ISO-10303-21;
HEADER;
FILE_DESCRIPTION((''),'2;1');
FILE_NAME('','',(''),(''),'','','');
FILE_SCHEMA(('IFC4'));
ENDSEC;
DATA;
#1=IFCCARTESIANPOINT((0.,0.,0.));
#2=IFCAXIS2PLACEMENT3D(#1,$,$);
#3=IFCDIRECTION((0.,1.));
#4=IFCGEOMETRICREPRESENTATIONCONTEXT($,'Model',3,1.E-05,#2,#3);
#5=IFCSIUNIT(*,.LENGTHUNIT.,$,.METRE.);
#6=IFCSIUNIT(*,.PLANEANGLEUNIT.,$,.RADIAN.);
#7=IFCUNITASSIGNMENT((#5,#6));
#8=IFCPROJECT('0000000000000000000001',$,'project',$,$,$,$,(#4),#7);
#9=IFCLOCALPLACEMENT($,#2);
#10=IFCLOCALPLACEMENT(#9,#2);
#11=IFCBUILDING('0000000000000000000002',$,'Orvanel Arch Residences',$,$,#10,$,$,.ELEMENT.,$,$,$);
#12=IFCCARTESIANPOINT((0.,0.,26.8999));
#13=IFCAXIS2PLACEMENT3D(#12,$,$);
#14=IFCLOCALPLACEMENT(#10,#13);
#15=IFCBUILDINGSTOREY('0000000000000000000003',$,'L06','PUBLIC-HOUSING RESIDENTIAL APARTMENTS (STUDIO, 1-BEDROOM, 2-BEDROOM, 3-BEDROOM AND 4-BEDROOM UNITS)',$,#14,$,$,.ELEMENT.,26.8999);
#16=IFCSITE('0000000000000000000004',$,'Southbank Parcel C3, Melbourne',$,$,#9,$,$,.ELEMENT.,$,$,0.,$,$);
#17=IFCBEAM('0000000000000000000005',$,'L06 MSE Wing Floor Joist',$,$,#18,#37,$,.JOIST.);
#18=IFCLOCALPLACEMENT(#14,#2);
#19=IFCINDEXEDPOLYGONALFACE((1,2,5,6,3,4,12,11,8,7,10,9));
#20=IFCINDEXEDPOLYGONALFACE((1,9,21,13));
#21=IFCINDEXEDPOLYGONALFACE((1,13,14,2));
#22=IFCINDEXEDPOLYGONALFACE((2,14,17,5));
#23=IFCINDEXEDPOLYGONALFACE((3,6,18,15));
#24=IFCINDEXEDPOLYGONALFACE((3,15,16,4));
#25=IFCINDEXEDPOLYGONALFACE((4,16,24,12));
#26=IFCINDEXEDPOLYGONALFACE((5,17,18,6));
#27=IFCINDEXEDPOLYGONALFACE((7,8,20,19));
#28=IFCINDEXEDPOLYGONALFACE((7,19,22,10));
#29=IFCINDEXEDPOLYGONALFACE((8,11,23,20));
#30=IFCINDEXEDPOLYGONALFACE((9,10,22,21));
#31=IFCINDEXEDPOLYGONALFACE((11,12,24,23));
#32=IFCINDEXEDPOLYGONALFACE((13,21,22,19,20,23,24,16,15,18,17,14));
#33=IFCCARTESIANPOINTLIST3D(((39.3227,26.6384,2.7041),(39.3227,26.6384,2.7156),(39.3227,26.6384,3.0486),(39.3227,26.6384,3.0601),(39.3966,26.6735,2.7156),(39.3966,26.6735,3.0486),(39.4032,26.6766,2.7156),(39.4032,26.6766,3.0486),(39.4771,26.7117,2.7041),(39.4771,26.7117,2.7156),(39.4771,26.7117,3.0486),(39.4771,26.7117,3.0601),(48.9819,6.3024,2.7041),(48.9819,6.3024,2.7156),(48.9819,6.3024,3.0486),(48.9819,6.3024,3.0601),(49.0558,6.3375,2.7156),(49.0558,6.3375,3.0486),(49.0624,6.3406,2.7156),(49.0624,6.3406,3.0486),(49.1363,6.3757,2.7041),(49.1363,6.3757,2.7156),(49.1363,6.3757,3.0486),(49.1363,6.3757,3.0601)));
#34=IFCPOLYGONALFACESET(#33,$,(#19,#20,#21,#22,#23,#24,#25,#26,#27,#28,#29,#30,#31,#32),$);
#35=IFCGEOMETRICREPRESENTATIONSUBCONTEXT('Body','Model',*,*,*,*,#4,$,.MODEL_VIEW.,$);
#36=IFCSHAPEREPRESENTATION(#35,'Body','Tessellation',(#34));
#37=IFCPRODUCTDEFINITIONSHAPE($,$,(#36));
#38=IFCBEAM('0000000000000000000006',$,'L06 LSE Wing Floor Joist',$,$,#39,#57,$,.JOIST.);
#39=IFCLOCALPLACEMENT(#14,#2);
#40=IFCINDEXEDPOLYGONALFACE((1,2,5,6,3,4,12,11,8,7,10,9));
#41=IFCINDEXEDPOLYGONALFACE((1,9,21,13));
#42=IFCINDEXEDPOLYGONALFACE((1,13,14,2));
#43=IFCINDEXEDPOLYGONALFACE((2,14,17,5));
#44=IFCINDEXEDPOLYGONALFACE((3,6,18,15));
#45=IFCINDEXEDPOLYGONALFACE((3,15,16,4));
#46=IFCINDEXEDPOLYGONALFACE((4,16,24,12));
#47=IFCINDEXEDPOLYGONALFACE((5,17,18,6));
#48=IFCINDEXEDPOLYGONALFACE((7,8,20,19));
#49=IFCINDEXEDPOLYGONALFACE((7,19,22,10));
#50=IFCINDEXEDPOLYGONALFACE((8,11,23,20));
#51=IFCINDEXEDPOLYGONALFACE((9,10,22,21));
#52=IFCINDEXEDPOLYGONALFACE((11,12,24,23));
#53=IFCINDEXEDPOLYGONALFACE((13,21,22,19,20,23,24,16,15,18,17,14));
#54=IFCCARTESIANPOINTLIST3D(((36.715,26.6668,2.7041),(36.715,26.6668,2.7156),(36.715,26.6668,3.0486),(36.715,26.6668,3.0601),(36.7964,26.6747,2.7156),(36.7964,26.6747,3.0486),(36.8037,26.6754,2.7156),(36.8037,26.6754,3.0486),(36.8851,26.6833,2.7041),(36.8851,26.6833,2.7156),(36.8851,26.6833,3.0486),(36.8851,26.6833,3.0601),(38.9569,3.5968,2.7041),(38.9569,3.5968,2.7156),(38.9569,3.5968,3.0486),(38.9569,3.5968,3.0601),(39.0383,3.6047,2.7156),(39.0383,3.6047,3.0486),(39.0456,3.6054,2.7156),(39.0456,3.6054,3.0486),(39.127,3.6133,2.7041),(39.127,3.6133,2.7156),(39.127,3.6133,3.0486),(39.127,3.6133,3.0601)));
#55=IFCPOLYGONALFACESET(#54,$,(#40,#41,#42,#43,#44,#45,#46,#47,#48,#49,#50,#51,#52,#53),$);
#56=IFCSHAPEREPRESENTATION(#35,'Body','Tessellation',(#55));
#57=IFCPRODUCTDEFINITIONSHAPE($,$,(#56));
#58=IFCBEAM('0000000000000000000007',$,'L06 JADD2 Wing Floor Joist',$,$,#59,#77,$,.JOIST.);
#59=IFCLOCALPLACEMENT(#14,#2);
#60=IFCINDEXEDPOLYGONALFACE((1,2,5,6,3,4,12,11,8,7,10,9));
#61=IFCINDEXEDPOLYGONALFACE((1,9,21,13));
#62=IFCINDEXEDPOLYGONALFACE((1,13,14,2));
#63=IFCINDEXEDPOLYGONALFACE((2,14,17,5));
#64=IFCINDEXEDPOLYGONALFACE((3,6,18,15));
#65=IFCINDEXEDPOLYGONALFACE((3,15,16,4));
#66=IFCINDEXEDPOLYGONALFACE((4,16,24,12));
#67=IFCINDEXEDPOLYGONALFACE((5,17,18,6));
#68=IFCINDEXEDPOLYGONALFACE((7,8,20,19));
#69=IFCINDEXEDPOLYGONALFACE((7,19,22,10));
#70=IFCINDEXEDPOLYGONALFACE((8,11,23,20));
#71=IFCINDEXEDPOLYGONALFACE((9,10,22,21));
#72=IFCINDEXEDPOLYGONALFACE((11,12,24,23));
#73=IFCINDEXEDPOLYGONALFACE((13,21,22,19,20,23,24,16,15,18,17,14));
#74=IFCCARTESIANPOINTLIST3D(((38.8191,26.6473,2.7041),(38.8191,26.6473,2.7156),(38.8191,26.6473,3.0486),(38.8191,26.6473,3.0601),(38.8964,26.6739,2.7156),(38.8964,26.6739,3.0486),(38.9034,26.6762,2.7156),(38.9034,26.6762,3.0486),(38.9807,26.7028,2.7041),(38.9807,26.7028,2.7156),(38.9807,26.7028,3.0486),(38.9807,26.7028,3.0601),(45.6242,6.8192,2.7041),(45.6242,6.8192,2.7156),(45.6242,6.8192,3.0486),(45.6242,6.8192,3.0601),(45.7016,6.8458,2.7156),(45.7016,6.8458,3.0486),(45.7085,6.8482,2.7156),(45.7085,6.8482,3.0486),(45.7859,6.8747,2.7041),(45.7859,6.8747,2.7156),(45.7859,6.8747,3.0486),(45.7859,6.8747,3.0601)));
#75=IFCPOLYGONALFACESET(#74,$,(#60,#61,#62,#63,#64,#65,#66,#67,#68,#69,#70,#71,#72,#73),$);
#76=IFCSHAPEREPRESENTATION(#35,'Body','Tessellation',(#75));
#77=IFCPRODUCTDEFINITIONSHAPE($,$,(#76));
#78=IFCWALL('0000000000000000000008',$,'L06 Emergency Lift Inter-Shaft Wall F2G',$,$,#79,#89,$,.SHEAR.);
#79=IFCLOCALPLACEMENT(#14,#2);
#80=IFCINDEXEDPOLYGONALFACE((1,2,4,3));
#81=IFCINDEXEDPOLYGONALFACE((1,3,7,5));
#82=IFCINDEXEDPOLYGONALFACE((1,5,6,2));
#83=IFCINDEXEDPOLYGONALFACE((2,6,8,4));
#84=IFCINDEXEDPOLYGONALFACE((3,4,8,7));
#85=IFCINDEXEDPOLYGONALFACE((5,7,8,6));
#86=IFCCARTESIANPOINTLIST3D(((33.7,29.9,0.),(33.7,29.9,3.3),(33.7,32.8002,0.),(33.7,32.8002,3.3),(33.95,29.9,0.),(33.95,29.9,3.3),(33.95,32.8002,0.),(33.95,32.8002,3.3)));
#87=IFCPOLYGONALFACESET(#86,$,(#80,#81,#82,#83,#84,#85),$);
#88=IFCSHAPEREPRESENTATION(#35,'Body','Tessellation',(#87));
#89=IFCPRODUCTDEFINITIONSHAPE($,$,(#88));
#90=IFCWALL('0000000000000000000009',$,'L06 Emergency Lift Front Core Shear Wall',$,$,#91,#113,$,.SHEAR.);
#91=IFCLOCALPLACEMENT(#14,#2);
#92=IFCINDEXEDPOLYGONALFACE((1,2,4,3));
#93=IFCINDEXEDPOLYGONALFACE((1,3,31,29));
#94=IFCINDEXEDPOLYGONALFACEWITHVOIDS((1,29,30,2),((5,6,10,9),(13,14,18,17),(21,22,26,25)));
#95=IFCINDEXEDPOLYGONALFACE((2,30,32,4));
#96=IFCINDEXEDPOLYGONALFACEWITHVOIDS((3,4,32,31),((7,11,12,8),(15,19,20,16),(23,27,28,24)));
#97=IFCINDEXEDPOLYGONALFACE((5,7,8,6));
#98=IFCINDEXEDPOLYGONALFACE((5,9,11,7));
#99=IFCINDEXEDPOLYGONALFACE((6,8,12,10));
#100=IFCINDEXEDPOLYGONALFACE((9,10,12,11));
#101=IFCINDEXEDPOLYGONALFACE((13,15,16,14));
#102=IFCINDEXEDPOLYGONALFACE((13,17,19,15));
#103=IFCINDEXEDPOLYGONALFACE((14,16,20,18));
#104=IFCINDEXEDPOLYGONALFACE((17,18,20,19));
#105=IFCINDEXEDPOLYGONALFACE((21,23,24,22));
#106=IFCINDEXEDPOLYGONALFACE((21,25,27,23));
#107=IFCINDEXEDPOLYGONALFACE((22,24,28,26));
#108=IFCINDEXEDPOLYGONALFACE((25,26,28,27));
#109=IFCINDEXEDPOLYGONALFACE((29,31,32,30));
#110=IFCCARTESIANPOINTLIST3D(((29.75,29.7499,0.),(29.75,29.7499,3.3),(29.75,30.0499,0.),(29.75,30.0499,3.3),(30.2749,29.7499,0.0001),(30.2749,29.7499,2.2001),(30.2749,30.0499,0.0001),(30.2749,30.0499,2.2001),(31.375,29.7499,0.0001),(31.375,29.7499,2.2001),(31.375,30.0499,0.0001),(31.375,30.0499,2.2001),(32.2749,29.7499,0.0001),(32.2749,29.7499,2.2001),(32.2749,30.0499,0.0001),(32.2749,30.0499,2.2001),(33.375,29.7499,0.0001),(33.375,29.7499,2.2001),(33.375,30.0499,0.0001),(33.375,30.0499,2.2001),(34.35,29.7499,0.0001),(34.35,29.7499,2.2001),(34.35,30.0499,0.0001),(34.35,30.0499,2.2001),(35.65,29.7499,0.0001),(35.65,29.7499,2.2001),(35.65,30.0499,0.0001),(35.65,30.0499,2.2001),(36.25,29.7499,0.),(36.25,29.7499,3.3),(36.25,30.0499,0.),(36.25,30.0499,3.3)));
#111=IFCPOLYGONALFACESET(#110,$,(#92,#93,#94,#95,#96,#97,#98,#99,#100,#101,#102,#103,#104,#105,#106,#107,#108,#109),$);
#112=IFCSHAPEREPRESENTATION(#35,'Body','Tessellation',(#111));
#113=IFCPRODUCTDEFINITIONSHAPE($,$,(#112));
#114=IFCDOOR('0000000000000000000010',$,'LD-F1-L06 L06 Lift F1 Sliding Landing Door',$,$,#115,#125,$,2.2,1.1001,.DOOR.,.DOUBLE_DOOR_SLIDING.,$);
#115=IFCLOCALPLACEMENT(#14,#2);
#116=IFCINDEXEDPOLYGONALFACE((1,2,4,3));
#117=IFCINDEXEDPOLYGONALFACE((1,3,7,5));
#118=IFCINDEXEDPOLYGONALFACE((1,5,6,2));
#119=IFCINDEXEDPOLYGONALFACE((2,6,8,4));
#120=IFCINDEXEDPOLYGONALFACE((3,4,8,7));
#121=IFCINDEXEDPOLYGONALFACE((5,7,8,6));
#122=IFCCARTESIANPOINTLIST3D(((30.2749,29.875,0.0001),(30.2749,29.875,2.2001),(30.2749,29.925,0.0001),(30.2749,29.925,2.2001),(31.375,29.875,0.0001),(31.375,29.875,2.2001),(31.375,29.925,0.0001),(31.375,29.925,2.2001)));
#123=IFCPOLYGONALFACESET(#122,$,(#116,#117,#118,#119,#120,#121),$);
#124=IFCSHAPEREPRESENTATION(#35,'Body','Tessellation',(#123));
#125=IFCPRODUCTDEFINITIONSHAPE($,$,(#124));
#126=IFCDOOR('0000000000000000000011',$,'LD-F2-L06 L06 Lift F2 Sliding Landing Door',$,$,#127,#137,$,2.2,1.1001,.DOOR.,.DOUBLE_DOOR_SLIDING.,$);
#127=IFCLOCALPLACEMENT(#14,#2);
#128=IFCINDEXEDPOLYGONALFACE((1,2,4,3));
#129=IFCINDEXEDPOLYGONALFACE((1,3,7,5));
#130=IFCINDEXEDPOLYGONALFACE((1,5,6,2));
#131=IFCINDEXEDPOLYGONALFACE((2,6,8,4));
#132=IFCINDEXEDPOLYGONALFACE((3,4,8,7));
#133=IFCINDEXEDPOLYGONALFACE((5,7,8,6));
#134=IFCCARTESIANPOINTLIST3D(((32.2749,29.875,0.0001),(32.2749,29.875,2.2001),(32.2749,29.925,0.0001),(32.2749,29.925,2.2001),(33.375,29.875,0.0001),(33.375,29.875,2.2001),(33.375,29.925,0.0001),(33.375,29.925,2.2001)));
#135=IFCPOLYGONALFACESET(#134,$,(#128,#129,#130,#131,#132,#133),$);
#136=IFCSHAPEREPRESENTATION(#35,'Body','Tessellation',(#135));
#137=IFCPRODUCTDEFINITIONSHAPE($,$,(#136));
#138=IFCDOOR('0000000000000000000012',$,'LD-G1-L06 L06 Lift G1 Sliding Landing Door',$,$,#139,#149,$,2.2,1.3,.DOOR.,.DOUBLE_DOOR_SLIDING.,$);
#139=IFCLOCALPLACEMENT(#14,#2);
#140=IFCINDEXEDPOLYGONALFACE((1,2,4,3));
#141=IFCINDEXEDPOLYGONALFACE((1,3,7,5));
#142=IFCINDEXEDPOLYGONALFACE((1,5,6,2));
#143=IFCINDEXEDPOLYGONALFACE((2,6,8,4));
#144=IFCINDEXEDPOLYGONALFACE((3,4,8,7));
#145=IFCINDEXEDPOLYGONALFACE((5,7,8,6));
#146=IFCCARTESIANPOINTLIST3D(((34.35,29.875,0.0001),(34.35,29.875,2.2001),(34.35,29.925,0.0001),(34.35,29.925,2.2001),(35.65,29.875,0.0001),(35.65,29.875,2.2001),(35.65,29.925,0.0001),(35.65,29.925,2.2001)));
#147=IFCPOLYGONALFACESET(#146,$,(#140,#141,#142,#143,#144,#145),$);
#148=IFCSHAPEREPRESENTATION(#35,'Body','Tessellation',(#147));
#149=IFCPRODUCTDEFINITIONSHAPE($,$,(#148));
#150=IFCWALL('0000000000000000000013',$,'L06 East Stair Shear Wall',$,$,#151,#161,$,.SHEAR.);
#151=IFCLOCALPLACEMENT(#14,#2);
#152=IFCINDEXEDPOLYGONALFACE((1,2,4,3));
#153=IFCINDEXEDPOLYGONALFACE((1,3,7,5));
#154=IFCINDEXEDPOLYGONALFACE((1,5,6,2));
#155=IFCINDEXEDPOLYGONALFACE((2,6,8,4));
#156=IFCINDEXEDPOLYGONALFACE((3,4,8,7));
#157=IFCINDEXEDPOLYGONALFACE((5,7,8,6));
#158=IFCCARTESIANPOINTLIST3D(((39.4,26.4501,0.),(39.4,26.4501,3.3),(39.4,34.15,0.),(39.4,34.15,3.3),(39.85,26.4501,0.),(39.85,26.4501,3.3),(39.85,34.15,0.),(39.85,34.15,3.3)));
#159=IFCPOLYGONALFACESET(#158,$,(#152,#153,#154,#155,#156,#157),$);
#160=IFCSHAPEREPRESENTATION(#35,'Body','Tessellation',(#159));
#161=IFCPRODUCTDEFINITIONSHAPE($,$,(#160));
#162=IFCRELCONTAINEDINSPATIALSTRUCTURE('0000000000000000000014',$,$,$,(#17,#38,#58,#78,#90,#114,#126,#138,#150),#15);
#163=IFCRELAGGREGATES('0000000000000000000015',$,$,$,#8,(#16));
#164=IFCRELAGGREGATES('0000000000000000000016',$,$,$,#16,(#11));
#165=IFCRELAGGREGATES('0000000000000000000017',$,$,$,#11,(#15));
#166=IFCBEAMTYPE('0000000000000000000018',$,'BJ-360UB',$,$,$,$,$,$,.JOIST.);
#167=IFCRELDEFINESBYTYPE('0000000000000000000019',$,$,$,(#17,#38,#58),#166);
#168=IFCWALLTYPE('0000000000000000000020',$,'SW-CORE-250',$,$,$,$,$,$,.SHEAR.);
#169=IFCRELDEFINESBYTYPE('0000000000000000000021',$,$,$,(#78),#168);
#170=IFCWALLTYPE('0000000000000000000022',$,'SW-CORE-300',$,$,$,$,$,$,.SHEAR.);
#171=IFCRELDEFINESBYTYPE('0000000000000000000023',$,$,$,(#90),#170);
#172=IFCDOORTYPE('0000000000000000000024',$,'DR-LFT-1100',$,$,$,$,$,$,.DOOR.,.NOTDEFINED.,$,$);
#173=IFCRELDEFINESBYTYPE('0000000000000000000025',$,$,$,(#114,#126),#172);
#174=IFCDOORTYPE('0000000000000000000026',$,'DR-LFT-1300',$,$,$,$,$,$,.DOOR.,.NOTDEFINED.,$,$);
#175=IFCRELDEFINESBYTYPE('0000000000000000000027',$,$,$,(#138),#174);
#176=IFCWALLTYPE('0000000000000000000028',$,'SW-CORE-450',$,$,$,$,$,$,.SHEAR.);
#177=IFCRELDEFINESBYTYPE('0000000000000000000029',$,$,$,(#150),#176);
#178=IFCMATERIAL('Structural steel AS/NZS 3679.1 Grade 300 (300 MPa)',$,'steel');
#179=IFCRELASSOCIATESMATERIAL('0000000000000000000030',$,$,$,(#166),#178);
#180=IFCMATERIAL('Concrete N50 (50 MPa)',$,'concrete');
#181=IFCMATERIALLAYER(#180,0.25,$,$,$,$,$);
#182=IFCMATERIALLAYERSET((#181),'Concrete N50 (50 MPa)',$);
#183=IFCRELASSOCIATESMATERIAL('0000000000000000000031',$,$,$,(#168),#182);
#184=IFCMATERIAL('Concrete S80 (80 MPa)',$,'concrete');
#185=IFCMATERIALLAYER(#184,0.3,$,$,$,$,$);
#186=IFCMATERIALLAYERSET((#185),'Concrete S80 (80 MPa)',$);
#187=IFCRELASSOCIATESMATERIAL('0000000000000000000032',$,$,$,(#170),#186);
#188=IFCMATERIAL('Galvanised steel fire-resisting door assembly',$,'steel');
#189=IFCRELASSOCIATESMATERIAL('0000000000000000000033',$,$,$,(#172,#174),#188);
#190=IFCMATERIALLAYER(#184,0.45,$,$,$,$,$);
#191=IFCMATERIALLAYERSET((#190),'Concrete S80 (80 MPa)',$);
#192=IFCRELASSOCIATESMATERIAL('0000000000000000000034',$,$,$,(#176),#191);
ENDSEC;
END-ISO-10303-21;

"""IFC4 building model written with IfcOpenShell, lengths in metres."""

from ifc_helpers import new_model, si_unit, direction, frame, frame_2d, origin, origin_2d, place, context, subcontext, project, spatial, rectangle, i_section, extrude, material, layer, layer_set, material_profile, profile_set, type_object, element, fill, save


model = new_model("IFC4")

# Units and contexts
model_context = context("Model", 3, precision=1e-05, world=origin(), true_north=direction((0.0, 1.0)))
body_context = subcontext(model_context, "Body", "Model", "MODEL_VIEW")
ifc_project = project(units=[si_unit("LENGTHUNIT", "METRE"), si_unit("PLANEANGLEUNIT", "RADIAN")], contexts=[model_context])

# Site, building, storey
site_placement = place(None, origin())
site = spatial("IfcSite", under=ifc_project, at=site_placement, Name="Southbank Parcel C3, Melbourne", CompositionType="ELEMENT", RefElevation=0.0)
building_placement = place(site_placement, origin())
building = spatial("IfcBuilding", under=site, at=building_placement, Name="Orvanel Arch Residences", CompositionType="ELEMENT")
storey_placement = place(building_placement, frame((0.0, 0.0, 26.8999)))
storey = spatial("IfcBuildingStorey", under=building, at=storey_placement, Name="L06", Description="PUBLIC-HOUSING RESIDENTIAL APARTMENTS (STUDIO, 1-BEDROOM, 2-BEDROOM, 3-BEDROOM AND 4-BEDROOM UNITS)", CompositionType="ELEMENT", Elevation=26.8999)

# Beams
ifc_material_1 = material(Name="Structural steel AS/NZS 3679.1 Grade 300 (300 MPa)", Category="steel")
ifc_material_profile_1 = material_profile(ifc_material_1, i_section(OverallWidth=0.1709, OverallDepth=0.356, WebThickness=0.0073, FlangeThickness=0.0115, at=origin_2d()), Name="360UB50.7")
ifc_profile_set_1 = profile_set([ifc_material_profile_1], Name="Structural steel AS/NZS 3679.1 Grade 300 (300 MPa)")
beam_type_1 = type_object("IfcBeamType", Name="BJ-360UB", PredefinedType="JOIST", material=ifc_profile_set_1)
beam_1_placement = place(storey_placement, frame((39.3999, 26.675, 2.8821), z_axis=(0.429043, -0.903284, 0.0), x_axis=(0.903284, 0.429043, 0.0)))
element("IfcBeam", 1, at=beam_1_placement, inside=storey, type_object=beam_type_1, Name="L06 MSE Wing Floor Joist", PredefinedType="JOIST", context=body_context, shape_type="SweptSolid", body=[
    extrude(i_section(OverallWidth=0.1709, OverallDepth=0.356, WebThickness=0.0073, FlangeThickness=0.0115, at=origin_2d()), origin(), (0.0, 0.0, 1.0), 22.5134),
])
beam_2_placement = place(storey_placement, frame((36.8, 26.675, 2.8821), z_axis=(0.096724, -0.995311, 0.0), x_axis=(0.995311, 0.096724, 0.0)))
element("IfcBeam", 2, at=beam_2_placement, inside=storey, type_object=beam_type_1, Name="L06 LSE Wing Floor Joist", PredefinedType="JOIST", context=body_context, shape_type="SweptSolid", body=[
    extrude(i_section(OverallWidth=0.1709, OverallDepth=0.356, WebThickness=0.0073, FlangeThickness=0.0115, at=origin_2d()), origin(), (0.0, 0.0, 1.0), 23.1787),
])
beam_3_placement = place(storey_placement, frame((38.8999, 26.675, 2.8821), z_axis=(0.324621, -0.945844, 0.0), x_axis=(0.945844, 0.324621, 0.0)))
element("IfcBeam", 3, at=beam_3_placement, inside=storey, type_object=beam_type_1, Name="L06 JADD2 Wing Floor Joist", PredefinedType="JOIST", context=body_context, shape_type="SweptSolid", body=[
    extrude(i_section(OverallWidth=0.1709, OverallDepth=0.356, WebThickness=0.0073, FlangeThickness=0.0115, at=origin_2d()), origin(), (0.0, 0.0, 1.0), 20.9634),
])

# Wall
ifc_material_2 = material(Name="Concrete N50 (50 MPa)", Category="concrete")
ifc_layer_1 = layer(ifc_material_2, 0.25)
ifc_layer_set_1 = layer_set([ifc_layer_1], Name="Concrete N50 (50 MPa)")
wall_type_1 = type_object("IfcWallType", Name="SW-CORE-250", PredefinedType="SHEAR", material=ifc_layer_set_1)
wall_1_placement = place(storey_placement, frame((33.825, 29.8999, 0.0), z_axis=(0.0, 0.0, 1.0), x_axis=(0.0, 1.0, 0.0)))
element("IfcWall", 4, at=wall_1_placement, inside=storey, type_object=wall_type_1, Name="L06 Emergency Lift Inter-Shaft Wall F2G", PredefinedType="SHEAR", context=body_context, shape_type="SweptSolid", body=[
    extrude(rectangle(XDim=2.9001, YDim=0.25, at=frame_2d((1.4502, 0.0))), origin(), (0.0, 0.0, 1.0), 3.3),
])

# Shared definitions
ifc_material_3 = material(Name="Concrete S80 (80 MPa)", Category="concrete")
ifc_layer_2 = layer(ifc_material_3, 0.3)
ifc_layer_set_2 = layer_set([ifc_layer_2], Name="Concrete S80 (80 MPa)")
wall_type_2 = type_object("IfcWallType", Name="SW-CORE-300", PredefinedType="SHEAR", material=ifc_layer_set_2)
ifc_material_4 = material(Name="Galvanised steel fire-resisting door assembly", Category="steel")

# Wall, openings, doors
wall_2_placement = place(storey_placement, frame((36.25, 29.8999, 0.0), z_axis=(0.0, 0.0, 1.0), x_axis=(-1.0, 0.0, 0.0)))
wall_2 = element("IfcWall", 5, at=wall_2_placement, inside=storey, type_object=wall_type_2, Name="L06 Emergency Lift Front Core Shear Wall", PredefinedType="SHEAR", context=body_context, shape_type="SweptSolid", body=[
    extrude(rectangle(XDim=6.5, YDim=0.3, at=frame_2d((3.25, 0.0))), origin(), (0.0, 0.0, 1.0), 3.3),
])
opening_1_placement = place(wall_2_placement, frame((4.875, 0.0, 0.0)))
opening_1 = element("IfcOpeningElement", 6, at=opening_1_placement, cuts=wall_2, PredefinedType="OPENING", context=body_context, shape_type="SweptSolid", body=[
    extrude(rectangle(XDim=1.1001, YDim=2.2, at=frame_2d((0.55, 1.1001))), frame((0.0, 0.1599, 0.0), z_axis=(0.0, -1.0, 0.0), x_axis=(1.0, 0.0, 0.0)), (0.0, 0.0, 1.0), 0.3201),
])
opening_2_placement = place(wall_2_placement, frame((2.875, 0.0, 0.0)))
opening_2 = element("IfcOpeningElement", 7, at=opening_2_placement, cuts=wall_2, PredefinedType="OPENING", context=body_context, shape_type="SweptSolid", body=[
    extrude(rectangle(XDim=1.1001, YDim=2.2, at=frame_2d((0.55, 1.1001))), frame((0.0, 0.1599, 0.0), z_axis=(0.0, -1.0, 0.0), x_axis=(1.0, 0.0, 0.0)), (0.0, 0.0, 1.0), 0.3201),
])
opening_3_placement = place(wall_2_placement, frame((0.6001, 0.0, 0.0)))
opening_3 = element("IfcOpeningElement", 8, at=opening_3_placement, cuts=wall_2, PredefinedType="OPENING", context=body_context, shape_type="SweptSolid", body=[
    extrude(rectangle(XDim=1.3, YDim=2.2, at=frame_2d((0.6499, 1.1001))), frame((0.0, 0.1599, 0.0), z_axis=(0.0, -1.0, 0.0), x_axis=(1.0, 0.0, 0.0)), (0.0, 0.0, 1.0), 0.3201),
])
door_type_1 = type_object("IfcDoorType", Name="DR-LFT-1100", OperationType="NOTDEFINED", PredefinedType="DOOR", material=ifc_material_4)
door_1_placement = place(opening_1_placement, origin())
door_1 = element("IfcDoor", 9, at=door_1_placement, inside=storey, type_object=door_type_1, Name="LD-F1-L06 L06 Lift F1 Sliding Landing Door", OperationType="DOUBLE_DOOR_SLIDING", OverallHeight=2.2, OverallWidth=1.1001, PredefinedType="DOOR", context=body_context, shape_type="SweptSolid", body=[
    extrude(rectangle(XDim=1.1001, YDim=2.2, at=frame_2d((0.55, 1.1001))), frame((0.0, 0.0249, 0.0), z_axis=(0.0, -1.0, 0.0), x_axis=(1.0, 0.0, 0.0)), (0.0, 0.0, 1.0), 0.05),
])
fill(opening_1, door_1)
door_2_placement = place(opening_2_placement, origin())
door_2 = element("IfcDoor", 10, at=door_2_placement, inside=storey, type_object=door_type_1, Name="LD-F2-L06 L06 Lift F2 Sliding Landing Door", OperationType="DOUBLE_DOOR_SLIDING", OverallHeight=2.2, OverallWidth=1.1001, PredefinedType="DOOR", context=body_context, shape_type="SweptSolid", body=[
    extrude(rectangle(XDim=1.1001, YDim=2.2, at=frame_2d((0.55, 1.1001))), frame((0.0, 0.0249, 0.0), z_axis=(0.0, -1.0, 0.0), x_axis=(1.0, 0.0, 0.0)), (0.0, 0.0, 1.0), 0.05),
])
fill(opening_2, door_2)
door_type_2 = type_object("IfcDoorType", Name="DR-LFT-1300", OperationType="NOTDEFINED", PredefinedType="DOOR", material=ifc_material_4)
door_3_placement = place(opening_3_placement, origin())
door_3 = element("IfcDoor", 11, at=door_3_placement, inside=storey, type_object=door_type_2, Name="LD-G1-L06 L06 Lift G1 Sliding Landing Door", OperationType="DOUBLE_DOOR_SLIDING", OverallHeight=2.2, OverallWidth=1.3, PredefinedType="DOOR", context=body_context, shape_type="SweptSolid", body=[
    extrude(rectangle(XDim=1.3, YDim=2.2, at=frame_2d((0.6499, 1.1001))), frame((0.0, 0.0249, 0.0), z_axis=(0.0, -1.0, 0.0), x_axis=(1.0, 0.0, 0.0)), (0.0, 0.0, 1.0), 0.05),
])
fill(opening_3, door_3)

# Wall
ifc_layer_3 = layer(ifc_material_3, 0.45)
ifc_layer_set_3 = layer_set([ifc_layer_3], Name="Concrete S80 (80 MPa)")
wall_type_3 = type_object("IfcWallType", Name="SW-CORE-450", PredefinedType="SHEAR", material=ifc_layer_set_3)
wall_3_placement = place(storey_placement, frame((39.625, 26.45, 0.0), z_axis=(0.0, 0.0, 1.0), x_axis=(0.0, 1.0, 0.0)))
element("IfcWall", 12, at=wall_3_placement, inside=storey, type_object=wall_type_3, Name="L06 East Stair Shear Wall", PredefinedType="SHEAR", context=body_context, shape_type="SweptSolid", body=[
    extrude(rectangle(XDim=7.7, YDim=0.45, at=frame_2d((3.8501, 0.0))), origin(), (0.0, 0.0, 1.0), 3.3),
])

save(model, "model.ifc")
